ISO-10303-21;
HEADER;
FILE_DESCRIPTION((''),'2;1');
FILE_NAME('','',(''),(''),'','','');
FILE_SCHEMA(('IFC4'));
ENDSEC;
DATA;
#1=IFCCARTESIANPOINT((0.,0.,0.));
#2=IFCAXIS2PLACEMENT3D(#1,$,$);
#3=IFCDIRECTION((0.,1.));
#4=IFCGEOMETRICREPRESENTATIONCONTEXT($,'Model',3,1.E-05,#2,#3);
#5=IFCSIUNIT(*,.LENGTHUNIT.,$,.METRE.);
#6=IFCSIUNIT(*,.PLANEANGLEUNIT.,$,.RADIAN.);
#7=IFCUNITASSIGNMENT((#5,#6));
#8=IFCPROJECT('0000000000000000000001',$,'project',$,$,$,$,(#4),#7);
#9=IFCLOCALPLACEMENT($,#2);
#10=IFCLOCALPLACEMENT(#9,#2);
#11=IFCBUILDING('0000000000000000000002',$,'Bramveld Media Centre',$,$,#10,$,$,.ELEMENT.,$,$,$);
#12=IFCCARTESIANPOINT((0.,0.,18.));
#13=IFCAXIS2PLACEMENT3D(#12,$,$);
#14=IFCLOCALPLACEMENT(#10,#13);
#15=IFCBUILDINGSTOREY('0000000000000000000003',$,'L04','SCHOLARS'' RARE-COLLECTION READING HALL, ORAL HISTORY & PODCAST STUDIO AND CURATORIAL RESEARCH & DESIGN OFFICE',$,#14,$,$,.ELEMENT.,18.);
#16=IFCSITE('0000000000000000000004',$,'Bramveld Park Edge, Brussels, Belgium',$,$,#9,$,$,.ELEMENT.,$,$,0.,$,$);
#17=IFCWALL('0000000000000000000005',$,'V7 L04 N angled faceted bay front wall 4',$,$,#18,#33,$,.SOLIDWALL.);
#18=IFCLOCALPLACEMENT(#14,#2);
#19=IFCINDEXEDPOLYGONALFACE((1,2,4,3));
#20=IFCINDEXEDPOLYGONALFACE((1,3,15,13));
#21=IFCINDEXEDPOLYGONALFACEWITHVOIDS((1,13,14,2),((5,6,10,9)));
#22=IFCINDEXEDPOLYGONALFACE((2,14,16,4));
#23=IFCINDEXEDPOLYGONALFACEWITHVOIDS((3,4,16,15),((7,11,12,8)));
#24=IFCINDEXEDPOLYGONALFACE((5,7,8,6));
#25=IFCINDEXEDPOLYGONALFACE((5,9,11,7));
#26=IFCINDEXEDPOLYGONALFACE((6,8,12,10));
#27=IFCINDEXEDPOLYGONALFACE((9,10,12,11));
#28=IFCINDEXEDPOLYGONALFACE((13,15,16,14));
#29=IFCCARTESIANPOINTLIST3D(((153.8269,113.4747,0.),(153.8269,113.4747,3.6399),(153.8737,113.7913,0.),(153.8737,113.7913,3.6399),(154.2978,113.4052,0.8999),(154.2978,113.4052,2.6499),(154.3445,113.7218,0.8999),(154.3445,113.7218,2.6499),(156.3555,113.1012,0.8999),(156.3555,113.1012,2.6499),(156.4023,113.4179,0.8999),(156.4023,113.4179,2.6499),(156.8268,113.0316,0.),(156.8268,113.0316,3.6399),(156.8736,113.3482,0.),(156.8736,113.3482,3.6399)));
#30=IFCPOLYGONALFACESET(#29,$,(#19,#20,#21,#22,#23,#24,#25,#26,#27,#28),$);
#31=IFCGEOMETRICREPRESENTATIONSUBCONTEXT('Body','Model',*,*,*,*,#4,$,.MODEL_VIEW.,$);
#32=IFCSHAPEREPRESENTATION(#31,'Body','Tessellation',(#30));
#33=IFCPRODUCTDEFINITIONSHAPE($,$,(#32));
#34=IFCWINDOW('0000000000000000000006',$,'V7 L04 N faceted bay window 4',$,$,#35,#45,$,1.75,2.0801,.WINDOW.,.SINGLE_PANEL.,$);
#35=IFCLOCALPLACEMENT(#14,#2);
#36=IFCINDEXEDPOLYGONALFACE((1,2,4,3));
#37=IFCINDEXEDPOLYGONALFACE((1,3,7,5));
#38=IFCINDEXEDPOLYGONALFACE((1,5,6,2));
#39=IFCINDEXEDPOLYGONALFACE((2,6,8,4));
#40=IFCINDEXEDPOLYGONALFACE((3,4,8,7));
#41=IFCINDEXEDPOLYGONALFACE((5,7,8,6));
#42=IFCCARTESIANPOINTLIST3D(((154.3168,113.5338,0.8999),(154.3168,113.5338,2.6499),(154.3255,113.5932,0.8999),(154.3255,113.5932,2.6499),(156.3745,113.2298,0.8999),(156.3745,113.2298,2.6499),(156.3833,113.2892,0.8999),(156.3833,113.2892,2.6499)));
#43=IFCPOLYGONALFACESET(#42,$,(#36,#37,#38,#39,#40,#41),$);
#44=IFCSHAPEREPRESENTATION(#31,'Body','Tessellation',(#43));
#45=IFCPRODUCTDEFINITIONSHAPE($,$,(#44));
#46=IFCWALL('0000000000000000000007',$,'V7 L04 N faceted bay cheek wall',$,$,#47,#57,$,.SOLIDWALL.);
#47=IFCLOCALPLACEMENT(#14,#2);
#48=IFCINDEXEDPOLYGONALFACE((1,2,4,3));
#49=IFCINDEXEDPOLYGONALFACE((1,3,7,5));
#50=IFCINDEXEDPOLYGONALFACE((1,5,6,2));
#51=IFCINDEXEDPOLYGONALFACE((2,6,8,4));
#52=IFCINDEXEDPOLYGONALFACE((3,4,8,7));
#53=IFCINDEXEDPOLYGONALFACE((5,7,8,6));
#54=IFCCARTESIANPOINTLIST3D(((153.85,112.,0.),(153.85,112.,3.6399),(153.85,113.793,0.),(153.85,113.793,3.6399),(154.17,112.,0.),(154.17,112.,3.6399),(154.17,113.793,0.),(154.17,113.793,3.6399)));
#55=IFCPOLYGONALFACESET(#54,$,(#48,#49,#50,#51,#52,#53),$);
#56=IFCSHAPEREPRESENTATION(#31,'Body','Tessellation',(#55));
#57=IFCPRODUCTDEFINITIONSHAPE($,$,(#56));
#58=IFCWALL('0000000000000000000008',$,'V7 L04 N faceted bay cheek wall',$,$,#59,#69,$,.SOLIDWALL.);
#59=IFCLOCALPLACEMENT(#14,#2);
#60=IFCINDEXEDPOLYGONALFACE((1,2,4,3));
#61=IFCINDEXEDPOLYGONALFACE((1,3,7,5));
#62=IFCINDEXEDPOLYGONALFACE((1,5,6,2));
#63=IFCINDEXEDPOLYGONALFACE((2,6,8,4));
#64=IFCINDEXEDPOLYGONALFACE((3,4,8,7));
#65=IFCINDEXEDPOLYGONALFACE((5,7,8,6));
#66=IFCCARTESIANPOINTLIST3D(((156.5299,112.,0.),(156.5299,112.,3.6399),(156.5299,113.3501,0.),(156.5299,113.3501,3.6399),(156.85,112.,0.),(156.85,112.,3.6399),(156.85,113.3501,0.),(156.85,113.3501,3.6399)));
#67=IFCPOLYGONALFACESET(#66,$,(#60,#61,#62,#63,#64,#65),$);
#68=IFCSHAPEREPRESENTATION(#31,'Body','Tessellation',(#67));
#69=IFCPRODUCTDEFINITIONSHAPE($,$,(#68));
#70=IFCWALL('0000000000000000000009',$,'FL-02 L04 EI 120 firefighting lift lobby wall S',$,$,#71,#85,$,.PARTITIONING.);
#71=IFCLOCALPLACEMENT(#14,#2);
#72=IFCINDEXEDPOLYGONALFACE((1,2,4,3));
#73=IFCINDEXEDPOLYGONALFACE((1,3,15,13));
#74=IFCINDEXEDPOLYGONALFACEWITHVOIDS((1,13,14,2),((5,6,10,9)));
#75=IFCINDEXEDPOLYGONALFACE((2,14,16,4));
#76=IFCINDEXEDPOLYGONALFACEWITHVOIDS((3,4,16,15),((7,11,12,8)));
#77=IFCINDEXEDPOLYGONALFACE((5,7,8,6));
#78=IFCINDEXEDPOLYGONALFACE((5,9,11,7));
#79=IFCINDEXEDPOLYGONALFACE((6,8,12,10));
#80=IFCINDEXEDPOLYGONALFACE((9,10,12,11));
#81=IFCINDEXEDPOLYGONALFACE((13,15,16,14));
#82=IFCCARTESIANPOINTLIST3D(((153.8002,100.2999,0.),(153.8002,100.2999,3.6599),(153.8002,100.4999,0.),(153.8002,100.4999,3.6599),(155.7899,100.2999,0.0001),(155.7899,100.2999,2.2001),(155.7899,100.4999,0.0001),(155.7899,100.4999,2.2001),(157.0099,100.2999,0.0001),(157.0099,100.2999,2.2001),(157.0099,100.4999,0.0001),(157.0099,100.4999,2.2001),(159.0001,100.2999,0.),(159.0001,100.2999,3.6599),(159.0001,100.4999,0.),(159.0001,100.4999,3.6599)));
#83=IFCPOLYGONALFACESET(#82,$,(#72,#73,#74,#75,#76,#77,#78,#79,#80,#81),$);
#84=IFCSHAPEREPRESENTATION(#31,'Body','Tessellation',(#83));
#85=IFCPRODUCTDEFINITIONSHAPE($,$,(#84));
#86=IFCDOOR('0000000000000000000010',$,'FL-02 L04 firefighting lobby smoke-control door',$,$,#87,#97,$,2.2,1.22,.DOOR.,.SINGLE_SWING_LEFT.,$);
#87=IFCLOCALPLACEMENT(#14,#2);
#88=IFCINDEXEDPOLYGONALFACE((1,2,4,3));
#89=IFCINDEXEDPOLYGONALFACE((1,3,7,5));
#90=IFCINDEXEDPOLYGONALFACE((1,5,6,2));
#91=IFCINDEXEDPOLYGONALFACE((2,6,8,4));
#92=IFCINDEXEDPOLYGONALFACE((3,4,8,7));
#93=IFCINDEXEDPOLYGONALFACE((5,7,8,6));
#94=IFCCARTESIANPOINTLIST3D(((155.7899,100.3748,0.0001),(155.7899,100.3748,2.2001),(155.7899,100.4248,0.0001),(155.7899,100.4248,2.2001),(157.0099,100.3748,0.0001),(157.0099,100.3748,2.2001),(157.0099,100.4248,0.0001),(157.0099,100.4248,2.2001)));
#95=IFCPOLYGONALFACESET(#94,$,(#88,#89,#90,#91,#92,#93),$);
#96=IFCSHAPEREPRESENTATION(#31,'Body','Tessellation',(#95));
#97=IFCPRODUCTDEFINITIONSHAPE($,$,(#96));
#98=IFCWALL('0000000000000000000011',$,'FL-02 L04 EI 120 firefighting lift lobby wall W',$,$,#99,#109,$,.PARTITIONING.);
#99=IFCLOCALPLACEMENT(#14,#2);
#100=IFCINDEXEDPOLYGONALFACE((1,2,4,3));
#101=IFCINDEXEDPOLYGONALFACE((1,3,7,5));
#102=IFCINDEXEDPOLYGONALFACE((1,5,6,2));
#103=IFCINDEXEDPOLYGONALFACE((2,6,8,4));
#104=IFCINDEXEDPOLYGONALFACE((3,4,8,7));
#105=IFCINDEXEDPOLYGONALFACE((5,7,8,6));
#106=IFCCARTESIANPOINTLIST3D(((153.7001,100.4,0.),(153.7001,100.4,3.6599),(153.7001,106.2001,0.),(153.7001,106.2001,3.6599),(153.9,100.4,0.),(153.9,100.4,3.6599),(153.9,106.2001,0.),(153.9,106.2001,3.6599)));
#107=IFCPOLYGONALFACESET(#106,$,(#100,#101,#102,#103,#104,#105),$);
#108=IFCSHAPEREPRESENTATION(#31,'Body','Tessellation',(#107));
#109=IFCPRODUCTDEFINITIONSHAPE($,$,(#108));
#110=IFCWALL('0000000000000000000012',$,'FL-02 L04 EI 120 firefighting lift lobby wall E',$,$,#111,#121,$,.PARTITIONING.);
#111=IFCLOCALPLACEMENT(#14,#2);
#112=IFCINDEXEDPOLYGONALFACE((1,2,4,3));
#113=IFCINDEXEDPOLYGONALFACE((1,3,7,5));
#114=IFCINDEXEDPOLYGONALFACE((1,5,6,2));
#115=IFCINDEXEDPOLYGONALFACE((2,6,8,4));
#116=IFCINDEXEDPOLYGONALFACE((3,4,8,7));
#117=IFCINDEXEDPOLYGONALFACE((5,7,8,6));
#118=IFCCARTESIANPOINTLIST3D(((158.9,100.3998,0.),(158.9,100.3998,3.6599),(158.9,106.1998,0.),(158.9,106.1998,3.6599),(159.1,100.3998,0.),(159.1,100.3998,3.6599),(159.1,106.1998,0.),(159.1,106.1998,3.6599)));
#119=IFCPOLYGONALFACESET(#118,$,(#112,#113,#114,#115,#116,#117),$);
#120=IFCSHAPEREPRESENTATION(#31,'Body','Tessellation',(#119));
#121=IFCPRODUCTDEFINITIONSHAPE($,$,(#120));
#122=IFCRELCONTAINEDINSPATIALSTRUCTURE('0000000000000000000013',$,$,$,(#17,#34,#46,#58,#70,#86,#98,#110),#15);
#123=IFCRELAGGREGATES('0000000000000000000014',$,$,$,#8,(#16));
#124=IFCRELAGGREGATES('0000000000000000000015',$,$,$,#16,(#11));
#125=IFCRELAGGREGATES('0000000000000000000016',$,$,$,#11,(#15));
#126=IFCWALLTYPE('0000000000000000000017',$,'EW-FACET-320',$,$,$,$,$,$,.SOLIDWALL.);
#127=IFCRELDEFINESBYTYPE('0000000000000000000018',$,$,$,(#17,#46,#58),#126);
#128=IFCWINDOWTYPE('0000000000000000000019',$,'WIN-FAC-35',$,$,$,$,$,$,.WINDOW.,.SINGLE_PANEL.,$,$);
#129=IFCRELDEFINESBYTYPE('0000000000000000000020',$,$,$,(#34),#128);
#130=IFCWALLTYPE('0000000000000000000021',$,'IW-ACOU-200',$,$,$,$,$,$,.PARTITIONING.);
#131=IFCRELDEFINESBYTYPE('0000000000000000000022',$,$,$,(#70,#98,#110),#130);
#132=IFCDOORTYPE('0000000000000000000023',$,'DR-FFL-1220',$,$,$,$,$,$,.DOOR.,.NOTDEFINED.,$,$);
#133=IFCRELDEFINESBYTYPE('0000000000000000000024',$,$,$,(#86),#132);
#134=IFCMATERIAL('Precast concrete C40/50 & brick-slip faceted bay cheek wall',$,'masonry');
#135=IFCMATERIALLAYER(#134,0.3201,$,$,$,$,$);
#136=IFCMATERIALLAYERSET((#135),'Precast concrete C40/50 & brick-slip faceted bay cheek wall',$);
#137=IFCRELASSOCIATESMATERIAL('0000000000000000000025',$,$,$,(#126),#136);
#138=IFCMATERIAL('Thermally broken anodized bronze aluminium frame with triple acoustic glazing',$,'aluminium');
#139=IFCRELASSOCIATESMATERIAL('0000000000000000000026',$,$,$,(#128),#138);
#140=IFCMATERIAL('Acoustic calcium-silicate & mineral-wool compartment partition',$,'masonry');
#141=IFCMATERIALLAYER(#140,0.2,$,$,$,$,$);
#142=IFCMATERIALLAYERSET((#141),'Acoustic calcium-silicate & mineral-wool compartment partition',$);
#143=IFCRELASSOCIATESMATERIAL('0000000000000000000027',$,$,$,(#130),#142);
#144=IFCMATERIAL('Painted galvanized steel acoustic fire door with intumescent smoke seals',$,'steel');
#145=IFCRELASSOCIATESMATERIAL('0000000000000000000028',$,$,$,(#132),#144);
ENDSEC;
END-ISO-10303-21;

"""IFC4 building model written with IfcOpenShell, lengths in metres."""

from ifc_helpers import new_model, si_unit, direction, frame, frame_2d, origin, place, context, subcontext, project, spatial, rectangle, extrude, material, layer, layer_set, type_object, element, fill, save


model = new_model("IFC4")

# Units and contexts
model_context = context("Model", 3, precision=1e-05, world=origin(), true_north=direction((0.0, 1.0)))
body_context = subcontext(model_context, "Body", "Model", "MODEL_VIEW")
ifc_project = project(units=[si_unit("LENGTHUNIT", "METRE"), si_unit("PLANEANGLEUNIT", "RADIAN")], contexts=[model_context])

# Site, building, storey
site_placement = place(None, origin())
site = spatial("IfcSite", under=ifc_project, at=site_placement, Name="Bramveld Park Edge, Brussels, Belgium", CompositionType="ELEMENT", RefElevation=0.0)
building_placement = place(site_placement, origin())
building = spatial("IfcBuilding", under=site, at=building_placement, Name="Bramveld Media Centre", CompositionType="ELEMENT")
storey_placement = place(building_placement, frame((0.0, 0.0, 18.0)))
storey = spatial("IfcBuildingStorey", under=building, at=storey_placement, Name="L04", Description="SCHOLARS' RARE-COLLECTION READING HALL, ORAL HISTORY & PODCAST STUDIO AND CURATORIAL RESEARCH & DESIGN OFFICE", CompositionType="ELEMENT", Elevation=18.0)

# Shared definitions
ifc_material_1 = material(Name="Precast concrete C40/50 & brick-slip faceted bay cheek wall", Category="masonry")
ifc_layer_1 = layer(ifc_material_1, 0.3201)
ifc_layer_set_1 = layer_set([ifc_layer_1], Name="Precast concrete C40/50 & brick-slip faceted bay cheek wall")
wall_type_1 = type_object("IfcWallType", Name="EW-FACET-320", PredefinedType="SOLIDWALL", material=ifc_layer_set_1)

# Wall, opening, window
wall_1_placement = place(storey_placement, frame((156.8501, 113.1899, 0.0), z_axis=(0.0, 0.0, 1.0), x_axis=(-0.989267, 0.14612, 0.0)))
wall_1 = element("IfcWall", 1, at=wall_1_placement, inside=storey, type_object=wall_type_1, Name="V7 L04 N angled faceted bay front wall 4", PredefinedType="SOLIDWALL", context=body_context, shape_type="SweptSolid", body=[
    extrude(rectangle(XDim=3.0325, YDim=0.3201, at=frame_2d((1.5161, 0.0))), origin(), (0.0, 0.0, 1.0), 3.6399),
])
opening_1_placement = place(wall_1_placement, frame((0.4763, 0.0, 0.8999)))
opening_1 = element("IfcOpeningElement", 2, at=opening_1_placement, cuts=wall_1, PredefinedType="OPENING", context=body_context, shape_type="SweptSolid", body=[
    extrude(rectangle(XDim=2.0801, YDim=1.75, at=frame_2d((1.04, 0.875))), frame((0.0, 0.1719, 0.0), z_axis=(0.0, -1.0, 0.0), x_axis=(1.0, 0.0, 0.0)), (0.0, 0.0, 1.0), 0.344),
])
ifc_material_2 = material(Name="Thermally broken anodized bronze aluminium frame with triple acoustic glazing", Category="aluminium")
window_type_1 = type_object("IfcWindowType", Name="WIN-FAC-35", PartitioningType="SINGLE_PANEL", PredefinedType="WINDOW", material=ifc_material_2)
window_1_placement = place(opening_1_placement, origin())
window_1 = element("IfcWindow", 3, at=window_1_placement, inside=storey, type_object=window_type_1, Name="V7 L04 N faceted bay window 4", OverallHeight=1.75, OverallWidth=2.0801, PartitioningType="SINGLE_PANEL", PredefinedType="WINDOW", context=body_context, shape_type="SweptSolid", body=[
    extrude(rectangle(XDim=2.0801, YDim=1.75, at=frame_2d((1.04, 0.875))), frame((0.0, 0.03, 0.0), z_axis=(0.0, -1.0, 0.0), x_axis=(1.0, 0.0, 0.0)), (0.0, 0.0, 1.0), 0.0601),
])
fill(opening_1, window_1)

# Walls
wall_2_placement = place(storey_placement, frame((154.01, 112.0, 0.0), z_axis=(0.0, 0.0, 1.0), x_axis=(0.0, 1.0, 0.0)))
element("IfcWall", 4, at=wall_2_placement, inside=storey, type_object=wall_type_1, Name="V7 L04 N faceted bay cheek wall", PredefinedType="SOLIDWALL", context=body_context, shape_type="SweptSolid", body=[
    extrude(rectangle(XDim=1.793, YDim=0.3201, at=frame_2d((0.8965, 0.0))), origin(), (0.0, 0.0, 1.0), 3.6399),
])
wall_3_placement = place(storey_placement, frame((156.6899, 112.0, 0.0), z_axis=(0.0, 0.0, 1.0), x_axis=(0.0, 1.0, 0.0)))
element("IfcWall", 5, at=wall_3_placement, inside=storey, type_object=wall_type_1, Name="V7 L04 N faceted bay cheek wall", PredefinedType="SOLIDWALL", context=body_context, shape_type="SweptSolid", body=[
    extrude(rectangle(XDim=1.3501, YDim=0.3201, at=frame_2d((0.675, 0.0))), origin(), (0.0, 0.0, 1.0), 3.6399),
])

# Wall, opening, door
ifc_material_3 = material(Name="Acoustic calcium-silicate & mineral-wool compartment partition", Category="masonry")
ifc_layer_2 = layer(ifc_material_3, 0.2)
ifc_layer_set_2 = layer_set([ifc_layer_2], Name="Acoustic calcium-silicate & mineral-wool compartment partition")
wall_type_2 = type_object("IfcWallType", Name="IW-ACOU-200", PredefinedType="PARTITIONING", material=ifc_layer_set_2)
wall_4_placement = place(storey_placement, frame((153.8, 100.3999, 0.0), z_axis=(0.0, 0.0, 1.0), x_axis=(1.0, 0.0, 0.0)))
wall_4 = element("IfcWall", 6, at=wall_4_placement, inside=storey, type_object=wall_type_2, Name="FL-02 L04 EI 120 firefighting lift lobby wall S", PredefinedType="PARTITIONING", context=body_context, shape_type="SweptSolid", body=[
    extrude(rectangle(XDim=5.2, YDim=0.2, at=frame_2d((2.6001, 0.0))), origin(), (0.0, 0.0, 1.0), 3.6599),
])
opening_2_placement = place(wall_4_placement, frame((1.99, 0.0, 0.0)))
opening_2 = element("IfcOpeningElement", 7, at=opening_2_placement, cuts=wall_4, PredefinedType="OPENING", context=body_context, shape_type="SweptSolid", body=[
    extrude(rectangle(XDim=1.22, YDim=2.2, at=frame_2d((0.6099, 1.1001))), frame((0.0, 0.1118, 0.0), z_axis=(0.0, -1.0, 0.0), x_axis=(1.0, 0.0, 0.0)), (0.0, 0.0, 1.0), 0.2239),
])
ifc_material_4 = material(Name="Painted galvanized steel acoustic fire door with intumescent smoke seals", Category="steel")
door_type_1 = type_object("IfcDoorType", Name="DR-FFL-1220", OperationType="NOTDEFINED", PredefinedType="DOOR", material=ifc_material_4)
door_1_placement = place(opening_2_placement, origin())
door_1 = element("IfcDoor", 8, at=door_1_placement, inside=storey, type_object=door_type_1, Name="FL-02 L04 firefighting lobby smoke-control door", OperationType="SINGLE_SWING_LEFT", OverallHeight=2.2, OverallWidth=1.22, PredefinedType="DOOR", context=body_context, shape_type="SweptSolid", body=[
    extrude(rectangle(XDim=1.22, YDim=2.2, at=frame_2d((0.6099, 1.1001))), frame((0.0, 0.0249, 0.0), z_axis=(0.0, -1.0, 0.0), x_axis=(1.0, 0.0, 0.0)), (0.0, 0.0, 1.0), 0.05),
])
fill(opening_2, door_1)

# Walls
for number, where, z_axis, x_axis, name in (
    (9, (153.8, 106.2, 0.0), (0.0, 0.0, 1.0), (0.0, -1.0, 0.0), "FL-02 L04 EI 120 firefighting lift lobby wall W"),
    (10, (159.0, 100.3999, 0.0), (0.0, 0.0, 1.0), (0.0, 1.0, 0.0), "FL-02 L04 EI 120 firefighting lift lobby wall E"),
):
    element("IfcWall", number, at=place(storey_placement, frame(where, z_axis=z_axis, x_axis=x_axis)), inside=storey, type_object=wall_type_2, Name=name, PredefinedType="PARTITIONING", context=body_context, shape_type="SweptSolid", body=[
        extrude(rectangle(XDim=5.8, YDim=0.2, at=frame_2d((2.8999, 0.0))), origin(), (0.0, 0.0, 1.0), 3.6599),
    ])

save(model, "model.ifc")
